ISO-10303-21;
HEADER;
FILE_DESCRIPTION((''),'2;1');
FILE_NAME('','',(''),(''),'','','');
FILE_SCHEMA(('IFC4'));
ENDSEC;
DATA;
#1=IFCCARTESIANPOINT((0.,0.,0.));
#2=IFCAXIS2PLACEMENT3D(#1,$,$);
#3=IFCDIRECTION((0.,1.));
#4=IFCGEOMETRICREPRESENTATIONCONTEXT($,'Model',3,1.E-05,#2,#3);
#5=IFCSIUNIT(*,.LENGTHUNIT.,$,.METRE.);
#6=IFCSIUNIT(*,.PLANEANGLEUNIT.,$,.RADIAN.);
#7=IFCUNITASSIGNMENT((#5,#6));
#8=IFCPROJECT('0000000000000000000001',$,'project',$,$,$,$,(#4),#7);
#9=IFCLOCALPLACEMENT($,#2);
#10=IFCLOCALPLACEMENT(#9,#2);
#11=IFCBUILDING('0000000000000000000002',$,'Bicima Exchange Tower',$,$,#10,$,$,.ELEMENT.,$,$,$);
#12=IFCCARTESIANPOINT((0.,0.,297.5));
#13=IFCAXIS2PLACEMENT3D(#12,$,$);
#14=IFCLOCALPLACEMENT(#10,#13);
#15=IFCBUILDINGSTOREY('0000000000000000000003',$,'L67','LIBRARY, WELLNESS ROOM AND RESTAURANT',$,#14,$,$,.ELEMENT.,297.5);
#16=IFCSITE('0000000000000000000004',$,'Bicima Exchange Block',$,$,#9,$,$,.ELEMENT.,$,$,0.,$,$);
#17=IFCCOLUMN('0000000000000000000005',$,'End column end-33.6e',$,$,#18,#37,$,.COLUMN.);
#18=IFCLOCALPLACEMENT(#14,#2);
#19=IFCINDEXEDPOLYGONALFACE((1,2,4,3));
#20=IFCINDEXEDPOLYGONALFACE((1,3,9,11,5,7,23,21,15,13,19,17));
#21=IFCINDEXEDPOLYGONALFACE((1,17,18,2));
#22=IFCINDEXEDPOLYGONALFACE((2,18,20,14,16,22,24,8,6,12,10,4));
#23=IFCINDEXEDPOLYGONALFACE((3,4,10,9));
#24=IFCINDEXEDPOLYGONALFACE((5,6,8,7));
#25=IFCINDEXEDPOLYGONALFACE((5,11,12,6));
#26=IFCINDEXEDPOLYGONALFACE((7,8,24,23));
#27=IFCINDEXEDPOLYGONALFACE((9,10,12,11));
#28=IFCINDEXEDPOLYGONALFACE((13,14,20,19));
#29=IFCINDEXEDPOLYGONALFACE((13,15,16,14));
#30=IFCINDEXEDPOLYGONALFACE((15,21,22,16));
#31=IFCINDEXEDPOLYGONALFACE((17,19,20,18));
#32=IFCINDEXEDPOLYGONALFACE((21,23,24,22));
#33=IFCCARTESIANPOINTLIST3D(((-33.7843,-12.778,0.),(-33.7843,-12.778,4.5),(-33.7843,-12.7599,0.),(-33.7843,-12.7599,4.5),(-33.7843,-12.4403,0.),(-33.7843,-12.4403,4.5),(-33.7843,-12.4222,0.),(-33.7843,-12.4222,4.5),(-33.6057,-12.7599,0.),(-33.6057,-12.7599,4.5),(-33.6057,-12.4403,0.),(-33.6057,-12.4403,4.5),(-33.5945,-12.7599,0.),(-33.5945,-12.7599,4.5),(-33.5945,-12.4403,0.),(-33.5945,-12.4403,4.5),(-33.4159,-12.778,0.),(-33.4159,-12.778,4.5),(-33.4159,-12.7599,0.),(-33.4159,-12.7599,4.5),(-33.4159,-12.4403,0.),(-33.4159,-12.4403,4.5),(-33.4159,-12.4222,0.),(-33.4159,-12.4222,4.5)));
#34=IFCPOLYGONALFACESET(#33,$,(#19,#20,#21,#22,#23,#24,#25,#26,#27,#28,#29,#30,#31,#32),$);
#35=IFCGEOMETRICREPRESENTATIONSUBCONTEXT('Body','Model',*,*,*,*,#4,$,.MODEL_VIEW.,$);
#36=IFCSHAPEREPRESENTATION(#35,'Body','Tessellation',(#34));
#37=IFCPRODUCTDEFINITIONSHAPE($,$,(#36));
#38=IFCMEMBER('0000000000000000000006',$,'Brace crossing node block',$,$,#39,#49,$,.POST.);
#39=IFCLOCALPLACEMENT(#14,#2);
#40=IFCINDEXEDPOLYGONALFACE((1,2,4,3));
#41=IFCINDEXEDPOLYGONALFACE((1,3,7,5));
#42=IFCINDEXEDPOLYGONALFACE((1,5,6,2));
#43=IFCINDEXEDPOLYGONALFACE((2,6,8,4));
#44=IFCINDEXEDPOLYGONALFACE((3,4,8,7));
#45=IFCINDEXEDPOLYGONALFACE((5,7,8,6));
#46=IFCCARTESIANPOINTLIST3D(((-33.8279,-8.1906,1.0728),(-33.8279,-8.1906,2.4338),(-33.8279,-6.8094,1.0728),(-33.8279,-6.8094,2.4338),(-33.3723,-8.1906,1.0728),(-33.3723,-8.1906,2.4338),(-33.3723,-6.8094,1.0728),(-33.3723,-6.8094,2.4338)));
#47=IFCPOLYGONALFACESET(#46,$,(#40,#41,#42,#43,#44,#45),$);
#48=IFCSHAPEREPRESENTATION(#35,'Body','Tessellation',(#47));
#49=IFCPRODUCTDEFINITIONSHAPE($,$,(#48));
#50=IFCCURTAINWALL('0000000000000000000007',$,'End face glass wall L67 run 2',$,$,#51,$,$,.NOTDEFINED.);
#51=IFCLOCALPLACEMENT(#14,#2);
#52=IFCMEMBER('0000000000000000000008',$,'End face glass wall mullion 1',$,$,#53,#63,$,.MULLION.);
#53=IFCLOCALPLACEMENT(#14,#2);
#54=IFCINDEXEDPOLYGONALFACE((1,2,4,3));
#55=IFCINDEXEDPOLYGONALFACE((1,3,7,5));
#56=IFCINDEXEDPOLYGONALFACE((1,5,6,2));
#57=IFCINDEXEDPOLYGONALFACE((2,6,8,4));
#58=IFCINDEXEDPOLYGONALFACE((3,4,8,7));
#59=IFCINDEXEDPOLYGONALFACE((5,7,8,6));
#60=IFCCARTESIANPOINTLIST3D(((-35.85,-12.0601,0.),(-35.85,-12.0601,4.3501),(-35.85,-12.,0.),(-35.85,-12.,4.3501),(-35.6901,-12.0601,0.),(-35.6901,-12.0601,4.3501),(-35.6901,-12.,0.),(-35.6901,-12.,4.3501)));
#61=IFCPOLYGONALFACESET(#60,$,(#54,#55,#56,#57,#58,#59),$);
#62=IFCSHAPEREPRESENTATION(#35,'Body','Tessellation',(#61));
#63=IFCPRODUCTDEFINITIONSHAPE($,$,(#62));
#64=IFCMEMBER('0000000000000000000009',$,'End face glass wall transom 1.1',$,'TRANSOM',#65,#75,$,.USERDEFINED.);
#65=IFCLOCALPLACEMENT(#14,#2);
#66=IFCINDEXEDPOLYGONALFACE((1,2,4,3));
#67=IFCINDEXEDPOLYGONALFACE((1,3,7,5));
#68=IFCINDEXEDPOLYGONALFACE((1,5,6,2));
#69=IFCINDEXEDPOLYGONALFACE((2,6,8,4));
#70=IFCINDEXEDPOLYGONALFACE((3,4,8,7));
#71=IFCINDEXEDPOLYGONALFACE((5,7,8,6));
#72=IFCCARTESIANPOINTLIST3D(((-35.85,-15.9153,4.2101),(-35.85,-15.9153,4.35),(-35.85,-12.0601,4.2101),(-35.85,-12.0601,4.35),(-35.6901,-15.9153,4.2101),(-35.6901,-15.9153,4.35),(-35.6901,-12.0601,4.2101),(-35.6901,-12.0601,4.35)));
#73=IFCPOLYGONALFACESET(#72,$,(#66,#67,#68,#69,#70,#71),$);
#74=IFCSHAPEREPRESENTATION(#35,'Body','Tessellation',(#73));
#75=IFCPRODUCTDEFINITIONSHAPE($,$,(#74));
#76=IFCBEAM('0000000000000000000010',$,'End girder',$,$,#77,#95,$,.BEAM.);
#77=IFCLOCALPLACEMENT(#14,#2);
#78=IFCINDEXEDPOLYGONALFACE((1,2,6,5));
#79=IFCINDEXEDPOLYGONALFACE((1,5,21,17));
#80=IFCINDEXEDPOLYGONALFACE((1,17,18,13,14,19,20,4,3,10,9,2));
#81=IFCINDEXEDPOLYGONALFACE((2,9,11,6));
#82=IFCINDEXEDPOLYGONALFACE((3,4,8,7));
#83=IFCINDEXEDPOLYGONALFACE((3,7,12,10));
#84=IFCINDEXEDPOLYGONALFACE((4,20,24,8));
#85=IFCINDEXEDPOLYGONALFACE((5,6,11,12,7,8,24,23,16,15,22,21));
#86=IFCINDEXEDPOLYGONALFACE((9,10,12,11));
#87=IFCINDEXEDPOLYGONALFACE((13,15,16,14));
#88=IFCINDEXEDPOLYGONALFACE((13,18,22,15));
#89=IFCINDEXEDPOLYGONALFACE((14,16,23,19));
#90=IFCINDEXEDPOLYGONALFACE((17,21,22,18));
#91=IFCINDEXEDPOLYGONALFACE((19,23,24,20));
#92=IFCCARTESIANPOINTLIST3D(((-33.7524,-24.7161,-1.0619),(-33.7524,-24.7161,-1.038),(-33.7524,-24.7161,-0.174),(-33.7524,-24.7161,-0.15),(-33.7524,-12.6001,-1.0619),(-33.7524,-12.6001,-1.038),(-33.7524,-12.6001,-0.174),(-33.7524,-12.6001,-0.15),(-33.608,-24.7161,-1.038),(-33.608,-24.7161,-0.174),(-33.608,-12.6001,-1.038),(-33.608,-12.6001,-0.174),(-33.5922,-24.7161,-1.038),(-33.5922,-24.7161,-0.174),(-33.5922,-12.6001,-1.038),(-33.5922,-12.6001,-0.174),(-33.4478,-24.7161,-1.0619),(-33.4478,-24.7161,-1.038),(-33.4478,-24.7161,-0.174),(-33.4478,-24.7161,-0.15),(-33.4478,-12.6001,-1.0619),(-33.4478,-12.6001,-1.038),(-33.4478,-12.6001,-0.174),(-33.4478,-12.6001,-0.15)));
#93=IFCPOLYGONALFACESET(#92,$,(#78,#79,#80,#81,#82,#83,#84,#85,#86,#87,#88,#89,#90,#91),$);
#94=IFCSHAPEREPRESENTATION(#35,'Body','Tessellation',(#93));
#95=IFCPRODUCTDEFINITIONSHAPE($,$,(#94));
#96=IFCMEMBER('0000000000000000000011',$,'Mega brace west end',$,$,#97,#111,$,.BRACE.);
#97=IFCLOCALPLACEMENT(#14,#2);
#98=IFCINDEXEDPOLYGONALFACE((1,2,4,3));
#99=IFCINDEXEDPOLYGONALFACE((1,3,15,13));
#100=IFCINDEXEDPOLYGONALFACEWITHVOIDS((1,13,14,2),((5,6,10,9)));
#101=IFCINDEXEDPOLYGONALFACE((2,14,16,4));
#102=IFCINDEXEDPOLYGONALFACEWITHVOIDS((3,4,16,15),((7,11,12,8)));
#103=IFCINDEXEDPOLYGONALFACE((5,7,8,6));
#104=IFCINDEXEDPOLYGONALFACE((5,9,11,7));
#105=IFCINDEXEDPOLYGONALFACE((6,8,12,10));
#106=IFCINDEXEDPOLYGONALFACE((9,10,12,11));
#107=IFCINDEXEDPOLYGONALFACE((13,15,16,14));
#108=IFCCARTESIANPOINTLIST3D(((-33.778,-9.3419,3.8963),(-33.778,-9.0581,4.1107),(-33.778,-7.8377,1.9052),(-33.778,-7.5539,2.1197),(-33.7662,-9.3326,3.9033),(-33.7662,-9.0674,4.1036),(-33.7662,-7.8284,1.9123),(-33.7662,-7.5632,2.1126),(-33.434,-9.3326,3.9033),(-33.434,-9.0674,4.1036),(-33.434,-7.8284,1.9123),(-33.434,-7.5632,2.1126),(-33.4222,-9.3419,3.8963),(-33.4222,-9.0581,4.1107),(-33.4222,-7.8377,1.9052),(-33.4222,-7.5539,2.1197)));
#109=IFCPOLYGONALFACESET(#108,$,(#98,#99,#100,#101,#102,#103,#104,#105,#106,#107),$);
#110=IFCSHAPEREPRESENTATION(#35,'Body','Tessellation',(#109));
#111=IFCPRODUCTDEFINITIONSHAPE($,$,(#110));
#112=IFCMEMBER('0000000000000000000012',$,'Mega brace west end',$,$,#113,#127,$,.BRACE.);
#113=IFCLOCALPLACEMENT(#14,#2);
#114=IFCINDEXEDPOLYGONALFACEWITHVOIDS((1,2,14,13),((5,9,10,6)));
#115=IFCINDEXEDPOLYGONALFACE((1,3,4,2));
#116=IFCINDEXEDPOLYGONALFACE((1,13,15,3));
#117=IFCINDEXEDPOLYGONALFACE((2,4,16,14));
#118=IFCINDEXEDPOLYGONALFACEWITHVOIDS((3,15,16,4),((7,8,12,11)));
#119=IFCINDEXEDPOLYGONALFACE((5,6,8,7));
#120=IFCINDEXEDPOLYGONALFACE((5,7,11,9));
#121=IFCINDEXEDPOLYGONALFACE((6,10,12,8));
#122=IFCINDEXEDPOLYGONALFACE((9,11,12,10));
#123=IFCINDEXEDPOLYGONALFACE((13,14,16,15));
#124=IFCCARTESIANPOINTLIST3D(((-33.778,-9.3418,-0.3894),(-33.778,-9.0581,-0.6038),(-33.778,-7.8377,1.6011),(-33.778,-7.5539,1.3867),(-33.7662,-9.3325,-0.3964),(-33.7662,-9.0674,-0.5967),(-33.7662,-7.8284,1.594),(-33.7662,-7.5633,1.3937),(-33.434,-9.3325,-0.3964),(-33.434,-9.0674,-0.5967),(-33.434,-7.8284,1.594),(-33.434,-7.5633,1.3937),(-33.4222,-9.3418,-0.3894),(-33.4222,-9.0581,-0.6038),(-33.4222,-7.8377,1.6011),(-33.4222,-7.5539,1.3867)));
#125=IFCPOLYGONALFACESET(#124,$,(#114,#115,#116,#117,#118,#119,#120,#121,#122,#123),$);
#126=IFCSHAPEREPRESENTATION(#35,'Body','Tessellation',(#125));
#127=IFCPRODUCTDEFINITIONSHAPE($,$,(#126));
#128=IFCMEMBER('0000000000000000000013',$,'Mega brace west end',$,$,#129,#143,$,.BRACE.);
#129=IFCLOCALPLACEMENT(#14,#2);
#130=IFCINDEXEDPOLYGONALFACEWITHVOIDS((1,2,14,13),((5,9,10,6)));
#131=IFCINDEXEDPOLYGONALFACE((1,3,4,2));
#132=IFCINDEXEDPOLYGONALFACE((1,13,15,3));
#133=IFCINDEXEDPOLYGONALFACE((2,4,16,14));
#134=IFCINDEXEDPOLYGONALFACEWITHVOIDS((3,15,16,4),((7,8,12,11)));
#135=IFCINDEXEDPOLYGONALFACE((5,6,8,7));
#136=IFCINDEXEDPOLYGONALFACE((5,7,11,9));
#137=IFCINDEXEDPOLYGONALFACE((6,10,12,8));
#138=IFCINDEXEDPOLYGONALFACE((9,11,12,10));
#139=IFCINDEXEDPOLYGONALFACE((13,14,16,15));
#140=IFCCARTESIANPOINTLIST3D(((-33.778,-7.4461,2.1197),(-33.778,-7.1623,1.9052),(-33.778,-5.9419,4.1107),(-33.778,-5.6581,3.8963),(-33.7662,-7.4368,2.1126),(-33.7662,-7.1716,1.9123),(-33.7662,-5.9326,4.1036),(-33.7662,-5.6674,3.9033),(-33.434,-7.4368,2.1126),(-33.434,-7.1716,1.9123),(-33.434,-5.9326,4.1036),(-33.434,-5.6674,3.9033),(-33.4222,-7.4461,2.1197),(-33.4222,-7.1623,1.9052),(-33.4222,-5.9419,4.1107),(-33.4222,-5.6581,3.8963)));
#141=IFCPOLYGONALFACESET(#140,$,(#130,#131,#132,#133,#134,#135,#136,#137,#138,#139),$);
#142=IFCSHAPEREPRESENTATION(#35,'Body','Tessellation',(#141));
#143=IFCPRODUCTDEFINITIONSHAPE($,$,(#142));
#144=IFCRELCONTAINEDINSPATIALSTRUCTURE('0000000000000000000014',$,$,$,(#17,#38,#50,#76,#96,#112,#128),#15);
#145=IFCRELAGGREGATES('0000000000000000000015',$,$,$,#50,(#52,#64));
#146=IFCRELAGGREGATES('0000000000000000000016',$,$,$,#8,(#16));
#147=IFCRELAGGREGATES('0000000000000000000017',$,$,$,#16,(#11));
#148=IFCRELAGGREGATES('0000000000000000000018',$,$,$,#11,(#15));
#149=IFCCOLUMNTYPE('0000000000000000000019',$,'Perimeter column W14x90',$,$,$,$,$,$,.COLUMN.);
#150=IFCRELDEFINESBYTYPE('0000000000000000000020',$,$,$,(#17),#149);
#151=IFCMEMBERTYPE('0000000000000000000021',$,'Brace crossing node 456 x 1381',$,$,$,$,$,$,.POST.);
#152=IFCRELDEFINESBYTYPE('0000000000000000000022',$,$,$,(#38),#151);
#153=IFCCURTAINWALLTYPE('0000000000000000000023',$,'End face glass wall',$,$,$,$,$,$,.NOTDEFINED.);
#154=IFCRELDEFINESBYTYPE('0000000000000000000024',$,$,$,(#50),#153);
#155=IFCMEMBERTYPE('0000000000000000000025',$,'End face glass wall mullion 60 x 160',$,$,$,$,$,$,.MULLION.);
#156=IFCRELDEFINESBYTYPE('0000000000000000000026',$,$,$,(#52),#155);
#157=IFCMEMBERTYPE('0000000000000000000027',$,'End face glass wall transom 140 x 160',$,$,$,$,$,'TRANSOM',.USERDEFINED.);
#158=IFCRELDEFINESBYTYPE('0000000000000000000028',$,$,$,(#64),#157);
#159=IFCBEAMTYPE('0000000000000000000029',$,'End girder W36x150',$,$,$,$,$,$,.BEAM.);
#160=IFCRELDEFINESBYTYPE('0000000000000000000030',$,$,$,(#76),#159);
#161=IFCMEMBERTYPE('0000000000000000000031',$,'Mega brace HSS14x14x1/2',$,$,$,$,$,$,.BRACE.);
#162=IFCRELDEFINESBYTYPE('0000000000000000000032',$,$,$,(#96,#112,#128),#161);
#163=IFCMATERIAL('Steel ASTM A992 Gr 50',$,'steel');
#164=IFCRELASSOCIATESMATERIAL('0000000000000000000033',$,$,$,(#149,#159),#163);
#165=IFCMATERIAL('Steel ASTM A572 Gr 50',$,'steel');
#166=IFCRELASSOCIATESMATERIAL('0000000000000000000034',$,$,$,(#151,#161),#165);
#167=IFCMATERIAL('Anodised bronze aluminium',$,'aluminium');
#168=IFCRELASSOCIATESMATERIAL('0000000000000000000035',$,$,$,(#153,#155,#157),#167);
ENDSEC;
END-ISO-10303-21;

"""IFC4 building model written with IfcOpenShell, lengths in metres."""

from ifc_helpers import new_model, si_unit, direction, frame, origin, origin_2d, place, context, subcontext, project, spatial, rectangle, hollow_rectangle, i_section, extrude, material, material_profile, profile_set, type_object, element, aggregate, save


model = new_model("IFC4")

# Units and contexts
model_context = context("Model", 3, precision=1e-05, world=origin(), true_north=direction((0.0, 1.0)))
body_context = subcontext(model_context, "Body", "Model", "MODEL_VIEW")
ifc_project = project(units=[si_unit("LENGTHUNIT", "METRE"), si_unit("PLANEANGLEUNIT", "RADIAN")], contexts=[model_context])

# Site, building, storey
site_placement = place(None, origin())
site = spatial("IfcSite", under=ifc_project, at=site_placement, Name="Bicima Exchange Block", CompositionType="ELEMENT", RefElevation=0.0)
building_placement = place(site_placement, origin())
building = spatial("IfcBuilding", under=site, at=building_placement, Name="Bicima Exchange Tower", CompositionType="ELEMENT")
storey_placement = place(building_placement, frame((0.0, 0.0, 297.5)))
storey = spatial("IfcBuildingStorey", under=building, at=storey_placement, Name="L67", Description="LIBRARY, WELLNESS ROOM AND RESTAURANT", CompositionType="ELEMENT", Elevation=297.5)

# Column
ifc_material_1 = material(Name="Steel ASTM A992 Gr 50", Category="steel")
ifc_material_profile_1 = material_profile(ifc_material_1, i_section(OverallWidth=0.3684, OverallDepth=0.3557, WebThickness=0.0112, FlangeThickness=0.0181, at=origin_2d()))
ifc_profile_set_1 = profile_set([ifc_material_profile_1], Name="Steel ASTM A992 Gr 50")
column_type = type_object("IfcColumnType", Name="Perimeter column W14x90", PredefinedType="COLUMN", material=ifc_profile_set_1)
column_placement = place(storey_placement, frame((-33.6001, -12.6001, 0.0), z_axis=(0.0, 0.0, 1.0), x_axis=(1.0, 0.0, 0.0)))
element("IfcColumn", 1, at=column_placement, inside=storey, type_object=column_type, Name="End column end-33.6e", PredefinedType="COLUMN", context=body_context, shape_type="SweptSolid", body=[
    extrude(i_section(OverallWidth=0.3684, OverallDepth=0.3557, WebThickness=0.0112, FlangeThickness=0.0181, at=origin_2d()), origin(), (0.0, 0.0, 1.0), 4.5),
])

# Member
ifc_material_2 = material(Name="Steel ASTM A572 Gr 50", Category="steel")
ifc_material_profile_2 = material_profile(ifc_material_2, rectangle(XDim=0.4556, YDim=1.3811, at=origin_2d()))
ifc_profile_set_2 = profile_set([ifc_material_profile_2], Name="Steel ASTM A572 Gr 50")
member_type_1 = type_object("IfcMemberType", Name="Brace crossing node 456 x 1381", PredefinedType="POST", material=ifc_profile_set_2)
member_1_placement = place(storey_placement, frame((-33.6001, -7.5, 1.0728), z_axis=(0.0, 0.0, 1.0), x_axis=(1.0, 0.0, 0.0)))
element("IfcMember", 2, at=member_1_placement, inside=storey, type_object=member_type_1, Name="Brace crossing node block", PredefinedType="POST", context=body_context, shape_type="SweptSolid", body=[
    extrude(rectangle(XDim=0.4556, YDim=1.3811, at=origin_2d()), origin(), (0.0, 0.0, 1.0), 1.3611),
])

# Curtain wall, members
ifc_material_3 = material(Name="Anodised bronze aluminium", Category="aluminium")
curtain_wall_type = type_object("IfcCurtainWallType", Name="End face glass wall", PredefinedType="NOTDEFINED", material=ifc_material_3)
curtain_wall_placement = place(storey_placement, origin())
curtain_wall = element("IfcCurtainWall", 3, at=curtain_wall_placement, inside=storey, type_object=curtain_wall_type, Name="End face glass wall L67 run 2", PredefinedType="NOTDEFINED")
ifc_material_profile_3 = material_profile(ifc_material_3, rectangle(XDim=0.1599, YDim=0.0601, at=origin_2d()))
ifc_profile_set_3 = profile_set([ifc_material_profile_3], Name="Anodised bronze aluminium")
member_type_2 = type_object("IfcMemberType", Name="End face glass wall mullion 60 x 160", PredefinedType="MULLION", material=ifc_profile_set_3)
member_2_placement = place(storey_placement, frame((-35.77, -12.03, 0.0), z_axis=(0.0, 0.0, 1.0), x_axis=(1.0, 0.0, 0.0)))
member_2 = element("IfcMember", 4, at=member_2_placement, type_object=member_type_2, Name="End face glass wall mullion 1", PredefinedType="MULLION", context=body_context, shape_type="SweptSolid", body=[
    extrude(rectangle(XDim=0.1599, YDim=0.0601, at=origin_2d()), origin(), (0.0, 0.0, 1.0), 4.3501),
])
ifc_material_profile_4 = material_profile(ifc_material_3, rectangle(XDim=0.1599, YDim=0.1399, at=origin_2d()))
ifc_profile_set_4 = profile_set([ifc_material_profile_4], Name="Anodised bronze aluminium")
member_type_3 = type_object("IfcMemberType", Name="End face glass wall transom 140 x 160", ElementType="TRANSOM", PredefinedType="USERDEFINED", material=ifc_profile_set_4)
member_3_placement = place(storey_placement, frame((-35.77, -12.0601, 4.28), z_axis=(0.0, -1.0, 0.0), x_axis=(1.0, 0.0, 0.0)))
member_3 = element("IfcMember", 5, at=member_3_placement, type_object=member_type_3, Name="End face glass wall transom 1.1", ObjectType="TRANSOM", PredefinedType="USERDEFINED", context=body_context, shape_type="SweptSolid", body=[
    extrude(rectangle(XDim=0.1599, YDim=0.1399, at=origin_2d()), origin(), (0.0, 0.0, 1.0), 3.8552),
])
aggregate(curtain_wall, [member_2, member_3])

# Beam
ifc_material_profile_5 = material_profile(ifc_material_1, i_section(OverallWidth=0.3047, OverallDepth=0.9119, WebThickness=0.0159, FlangeThickness=0.0239, at=origin_2d()))
ifc_profile_set_5 = profile_set([ifc_material_profile_5], Name="Steel ASTM A992 Gr 50")
beam_type = type_object("IfcBeamType", Name="End girder W36x150", PredefinedType="BEAM", material=ifc_profile_set_5)
beam_placement = place(storey_placement, frame((-33.6001, -12.6001, -0.606), z_axis=(0.0, -1.0, 0.0), x_axis=(1.0, 0.0, 0.0)))
element("IfcBeam", 6, at=beam_placement, inside=storey, type_object=beam_type, Name="End girder", PredefinedType="BEAM", context=body_context, shape_type="SweptSolid", body=[
    extrude(i_section(OverallWidth=0.3047, OverallDepth=0.9119, WebThickness=0.0159, FlangeThickness=0.0239, at=origin_2d()), origin(), (0.0, 0.0, 1.0), 12.116),
])

# Members
ifc_material_profile_6 = material_profile(ifc_material_2, hollow_rectangle(XDim=0.3557, YDim=0.3557, WallThickness=0.0117, at=origin_2d()))
ifc_profile_set_6 = profile_set([ifc_material_profile_6], Name="Steel ASTM A572 Gr 50")
member_type_4 = type_object("IfcMemberType", Name="Mega brace HSS14x14x1/2", PredefinedType="BRACE", material=ifc_profile_set_6)
member_4_placement = place(storey_placement, frame((-33.6001, -7.6958, 2.0125), z_axis=(0.0, -0.602798, 0.797893), x_axis=(1.0, 0.0, 0.0)))
element("IfcMember", 7, at=member_4_placement, inside=storey, type_object=member_type_4, Name="Mega brace west end", PredefinedType="BRACE", context=body_context, shape_type="SweptSolid", body=[
    extrude(hollow_rectangle(XDim=0.3557, YDim=0.3557, WallThickness=0.0117, at=origin_2d()), origin(), (0.0, 0.0, 1.0), 2.4954),
])
member_5_placement = place(storey_placement, frame((-33.6001, -9.2, -0.4966), z_axis=(0.0, 0.602893, 0.797822), x_axis=(-1.0, 0.0, 0.0)))
element("IfcMember", 8, at=member_5_placement, inside=storey, type_object=member_type_4, Name="Mega brace west end", PredefinedType="BRACE", context=body_context, shape_type="SweptSolid", body=[
    extrude(hollow_rectangle(XDim=0.3557, YDim=0.3557, WallThickness=0.0117, at=origin_2d()), origin(), (0.0, 0.0, 1.0), 2.4949),
])
member_6_placement = place(storey_placement, frame((-33.6001, -7.3042, 2.0125), z_axis=(0.0, 0.602798, 0.797893), x_axis=(-1.0, 0.0, 0.0)))
element("IfcMember", 9, at=member_6_placement, inside=storey, type_object=member_type_4, Name="Mega brace west end", PredefinedType="BRACE", context=body_context, shape_type="SweptSolid", body=[
    extrude(hollow_rectangle(XDim=0.3557, YDim=0.3557, WallThickness=0.0117, at=origin_2d()), origin(), (0.0, 0.0, 1.0), 2.4954),
])

save(model, "model.ifc")
